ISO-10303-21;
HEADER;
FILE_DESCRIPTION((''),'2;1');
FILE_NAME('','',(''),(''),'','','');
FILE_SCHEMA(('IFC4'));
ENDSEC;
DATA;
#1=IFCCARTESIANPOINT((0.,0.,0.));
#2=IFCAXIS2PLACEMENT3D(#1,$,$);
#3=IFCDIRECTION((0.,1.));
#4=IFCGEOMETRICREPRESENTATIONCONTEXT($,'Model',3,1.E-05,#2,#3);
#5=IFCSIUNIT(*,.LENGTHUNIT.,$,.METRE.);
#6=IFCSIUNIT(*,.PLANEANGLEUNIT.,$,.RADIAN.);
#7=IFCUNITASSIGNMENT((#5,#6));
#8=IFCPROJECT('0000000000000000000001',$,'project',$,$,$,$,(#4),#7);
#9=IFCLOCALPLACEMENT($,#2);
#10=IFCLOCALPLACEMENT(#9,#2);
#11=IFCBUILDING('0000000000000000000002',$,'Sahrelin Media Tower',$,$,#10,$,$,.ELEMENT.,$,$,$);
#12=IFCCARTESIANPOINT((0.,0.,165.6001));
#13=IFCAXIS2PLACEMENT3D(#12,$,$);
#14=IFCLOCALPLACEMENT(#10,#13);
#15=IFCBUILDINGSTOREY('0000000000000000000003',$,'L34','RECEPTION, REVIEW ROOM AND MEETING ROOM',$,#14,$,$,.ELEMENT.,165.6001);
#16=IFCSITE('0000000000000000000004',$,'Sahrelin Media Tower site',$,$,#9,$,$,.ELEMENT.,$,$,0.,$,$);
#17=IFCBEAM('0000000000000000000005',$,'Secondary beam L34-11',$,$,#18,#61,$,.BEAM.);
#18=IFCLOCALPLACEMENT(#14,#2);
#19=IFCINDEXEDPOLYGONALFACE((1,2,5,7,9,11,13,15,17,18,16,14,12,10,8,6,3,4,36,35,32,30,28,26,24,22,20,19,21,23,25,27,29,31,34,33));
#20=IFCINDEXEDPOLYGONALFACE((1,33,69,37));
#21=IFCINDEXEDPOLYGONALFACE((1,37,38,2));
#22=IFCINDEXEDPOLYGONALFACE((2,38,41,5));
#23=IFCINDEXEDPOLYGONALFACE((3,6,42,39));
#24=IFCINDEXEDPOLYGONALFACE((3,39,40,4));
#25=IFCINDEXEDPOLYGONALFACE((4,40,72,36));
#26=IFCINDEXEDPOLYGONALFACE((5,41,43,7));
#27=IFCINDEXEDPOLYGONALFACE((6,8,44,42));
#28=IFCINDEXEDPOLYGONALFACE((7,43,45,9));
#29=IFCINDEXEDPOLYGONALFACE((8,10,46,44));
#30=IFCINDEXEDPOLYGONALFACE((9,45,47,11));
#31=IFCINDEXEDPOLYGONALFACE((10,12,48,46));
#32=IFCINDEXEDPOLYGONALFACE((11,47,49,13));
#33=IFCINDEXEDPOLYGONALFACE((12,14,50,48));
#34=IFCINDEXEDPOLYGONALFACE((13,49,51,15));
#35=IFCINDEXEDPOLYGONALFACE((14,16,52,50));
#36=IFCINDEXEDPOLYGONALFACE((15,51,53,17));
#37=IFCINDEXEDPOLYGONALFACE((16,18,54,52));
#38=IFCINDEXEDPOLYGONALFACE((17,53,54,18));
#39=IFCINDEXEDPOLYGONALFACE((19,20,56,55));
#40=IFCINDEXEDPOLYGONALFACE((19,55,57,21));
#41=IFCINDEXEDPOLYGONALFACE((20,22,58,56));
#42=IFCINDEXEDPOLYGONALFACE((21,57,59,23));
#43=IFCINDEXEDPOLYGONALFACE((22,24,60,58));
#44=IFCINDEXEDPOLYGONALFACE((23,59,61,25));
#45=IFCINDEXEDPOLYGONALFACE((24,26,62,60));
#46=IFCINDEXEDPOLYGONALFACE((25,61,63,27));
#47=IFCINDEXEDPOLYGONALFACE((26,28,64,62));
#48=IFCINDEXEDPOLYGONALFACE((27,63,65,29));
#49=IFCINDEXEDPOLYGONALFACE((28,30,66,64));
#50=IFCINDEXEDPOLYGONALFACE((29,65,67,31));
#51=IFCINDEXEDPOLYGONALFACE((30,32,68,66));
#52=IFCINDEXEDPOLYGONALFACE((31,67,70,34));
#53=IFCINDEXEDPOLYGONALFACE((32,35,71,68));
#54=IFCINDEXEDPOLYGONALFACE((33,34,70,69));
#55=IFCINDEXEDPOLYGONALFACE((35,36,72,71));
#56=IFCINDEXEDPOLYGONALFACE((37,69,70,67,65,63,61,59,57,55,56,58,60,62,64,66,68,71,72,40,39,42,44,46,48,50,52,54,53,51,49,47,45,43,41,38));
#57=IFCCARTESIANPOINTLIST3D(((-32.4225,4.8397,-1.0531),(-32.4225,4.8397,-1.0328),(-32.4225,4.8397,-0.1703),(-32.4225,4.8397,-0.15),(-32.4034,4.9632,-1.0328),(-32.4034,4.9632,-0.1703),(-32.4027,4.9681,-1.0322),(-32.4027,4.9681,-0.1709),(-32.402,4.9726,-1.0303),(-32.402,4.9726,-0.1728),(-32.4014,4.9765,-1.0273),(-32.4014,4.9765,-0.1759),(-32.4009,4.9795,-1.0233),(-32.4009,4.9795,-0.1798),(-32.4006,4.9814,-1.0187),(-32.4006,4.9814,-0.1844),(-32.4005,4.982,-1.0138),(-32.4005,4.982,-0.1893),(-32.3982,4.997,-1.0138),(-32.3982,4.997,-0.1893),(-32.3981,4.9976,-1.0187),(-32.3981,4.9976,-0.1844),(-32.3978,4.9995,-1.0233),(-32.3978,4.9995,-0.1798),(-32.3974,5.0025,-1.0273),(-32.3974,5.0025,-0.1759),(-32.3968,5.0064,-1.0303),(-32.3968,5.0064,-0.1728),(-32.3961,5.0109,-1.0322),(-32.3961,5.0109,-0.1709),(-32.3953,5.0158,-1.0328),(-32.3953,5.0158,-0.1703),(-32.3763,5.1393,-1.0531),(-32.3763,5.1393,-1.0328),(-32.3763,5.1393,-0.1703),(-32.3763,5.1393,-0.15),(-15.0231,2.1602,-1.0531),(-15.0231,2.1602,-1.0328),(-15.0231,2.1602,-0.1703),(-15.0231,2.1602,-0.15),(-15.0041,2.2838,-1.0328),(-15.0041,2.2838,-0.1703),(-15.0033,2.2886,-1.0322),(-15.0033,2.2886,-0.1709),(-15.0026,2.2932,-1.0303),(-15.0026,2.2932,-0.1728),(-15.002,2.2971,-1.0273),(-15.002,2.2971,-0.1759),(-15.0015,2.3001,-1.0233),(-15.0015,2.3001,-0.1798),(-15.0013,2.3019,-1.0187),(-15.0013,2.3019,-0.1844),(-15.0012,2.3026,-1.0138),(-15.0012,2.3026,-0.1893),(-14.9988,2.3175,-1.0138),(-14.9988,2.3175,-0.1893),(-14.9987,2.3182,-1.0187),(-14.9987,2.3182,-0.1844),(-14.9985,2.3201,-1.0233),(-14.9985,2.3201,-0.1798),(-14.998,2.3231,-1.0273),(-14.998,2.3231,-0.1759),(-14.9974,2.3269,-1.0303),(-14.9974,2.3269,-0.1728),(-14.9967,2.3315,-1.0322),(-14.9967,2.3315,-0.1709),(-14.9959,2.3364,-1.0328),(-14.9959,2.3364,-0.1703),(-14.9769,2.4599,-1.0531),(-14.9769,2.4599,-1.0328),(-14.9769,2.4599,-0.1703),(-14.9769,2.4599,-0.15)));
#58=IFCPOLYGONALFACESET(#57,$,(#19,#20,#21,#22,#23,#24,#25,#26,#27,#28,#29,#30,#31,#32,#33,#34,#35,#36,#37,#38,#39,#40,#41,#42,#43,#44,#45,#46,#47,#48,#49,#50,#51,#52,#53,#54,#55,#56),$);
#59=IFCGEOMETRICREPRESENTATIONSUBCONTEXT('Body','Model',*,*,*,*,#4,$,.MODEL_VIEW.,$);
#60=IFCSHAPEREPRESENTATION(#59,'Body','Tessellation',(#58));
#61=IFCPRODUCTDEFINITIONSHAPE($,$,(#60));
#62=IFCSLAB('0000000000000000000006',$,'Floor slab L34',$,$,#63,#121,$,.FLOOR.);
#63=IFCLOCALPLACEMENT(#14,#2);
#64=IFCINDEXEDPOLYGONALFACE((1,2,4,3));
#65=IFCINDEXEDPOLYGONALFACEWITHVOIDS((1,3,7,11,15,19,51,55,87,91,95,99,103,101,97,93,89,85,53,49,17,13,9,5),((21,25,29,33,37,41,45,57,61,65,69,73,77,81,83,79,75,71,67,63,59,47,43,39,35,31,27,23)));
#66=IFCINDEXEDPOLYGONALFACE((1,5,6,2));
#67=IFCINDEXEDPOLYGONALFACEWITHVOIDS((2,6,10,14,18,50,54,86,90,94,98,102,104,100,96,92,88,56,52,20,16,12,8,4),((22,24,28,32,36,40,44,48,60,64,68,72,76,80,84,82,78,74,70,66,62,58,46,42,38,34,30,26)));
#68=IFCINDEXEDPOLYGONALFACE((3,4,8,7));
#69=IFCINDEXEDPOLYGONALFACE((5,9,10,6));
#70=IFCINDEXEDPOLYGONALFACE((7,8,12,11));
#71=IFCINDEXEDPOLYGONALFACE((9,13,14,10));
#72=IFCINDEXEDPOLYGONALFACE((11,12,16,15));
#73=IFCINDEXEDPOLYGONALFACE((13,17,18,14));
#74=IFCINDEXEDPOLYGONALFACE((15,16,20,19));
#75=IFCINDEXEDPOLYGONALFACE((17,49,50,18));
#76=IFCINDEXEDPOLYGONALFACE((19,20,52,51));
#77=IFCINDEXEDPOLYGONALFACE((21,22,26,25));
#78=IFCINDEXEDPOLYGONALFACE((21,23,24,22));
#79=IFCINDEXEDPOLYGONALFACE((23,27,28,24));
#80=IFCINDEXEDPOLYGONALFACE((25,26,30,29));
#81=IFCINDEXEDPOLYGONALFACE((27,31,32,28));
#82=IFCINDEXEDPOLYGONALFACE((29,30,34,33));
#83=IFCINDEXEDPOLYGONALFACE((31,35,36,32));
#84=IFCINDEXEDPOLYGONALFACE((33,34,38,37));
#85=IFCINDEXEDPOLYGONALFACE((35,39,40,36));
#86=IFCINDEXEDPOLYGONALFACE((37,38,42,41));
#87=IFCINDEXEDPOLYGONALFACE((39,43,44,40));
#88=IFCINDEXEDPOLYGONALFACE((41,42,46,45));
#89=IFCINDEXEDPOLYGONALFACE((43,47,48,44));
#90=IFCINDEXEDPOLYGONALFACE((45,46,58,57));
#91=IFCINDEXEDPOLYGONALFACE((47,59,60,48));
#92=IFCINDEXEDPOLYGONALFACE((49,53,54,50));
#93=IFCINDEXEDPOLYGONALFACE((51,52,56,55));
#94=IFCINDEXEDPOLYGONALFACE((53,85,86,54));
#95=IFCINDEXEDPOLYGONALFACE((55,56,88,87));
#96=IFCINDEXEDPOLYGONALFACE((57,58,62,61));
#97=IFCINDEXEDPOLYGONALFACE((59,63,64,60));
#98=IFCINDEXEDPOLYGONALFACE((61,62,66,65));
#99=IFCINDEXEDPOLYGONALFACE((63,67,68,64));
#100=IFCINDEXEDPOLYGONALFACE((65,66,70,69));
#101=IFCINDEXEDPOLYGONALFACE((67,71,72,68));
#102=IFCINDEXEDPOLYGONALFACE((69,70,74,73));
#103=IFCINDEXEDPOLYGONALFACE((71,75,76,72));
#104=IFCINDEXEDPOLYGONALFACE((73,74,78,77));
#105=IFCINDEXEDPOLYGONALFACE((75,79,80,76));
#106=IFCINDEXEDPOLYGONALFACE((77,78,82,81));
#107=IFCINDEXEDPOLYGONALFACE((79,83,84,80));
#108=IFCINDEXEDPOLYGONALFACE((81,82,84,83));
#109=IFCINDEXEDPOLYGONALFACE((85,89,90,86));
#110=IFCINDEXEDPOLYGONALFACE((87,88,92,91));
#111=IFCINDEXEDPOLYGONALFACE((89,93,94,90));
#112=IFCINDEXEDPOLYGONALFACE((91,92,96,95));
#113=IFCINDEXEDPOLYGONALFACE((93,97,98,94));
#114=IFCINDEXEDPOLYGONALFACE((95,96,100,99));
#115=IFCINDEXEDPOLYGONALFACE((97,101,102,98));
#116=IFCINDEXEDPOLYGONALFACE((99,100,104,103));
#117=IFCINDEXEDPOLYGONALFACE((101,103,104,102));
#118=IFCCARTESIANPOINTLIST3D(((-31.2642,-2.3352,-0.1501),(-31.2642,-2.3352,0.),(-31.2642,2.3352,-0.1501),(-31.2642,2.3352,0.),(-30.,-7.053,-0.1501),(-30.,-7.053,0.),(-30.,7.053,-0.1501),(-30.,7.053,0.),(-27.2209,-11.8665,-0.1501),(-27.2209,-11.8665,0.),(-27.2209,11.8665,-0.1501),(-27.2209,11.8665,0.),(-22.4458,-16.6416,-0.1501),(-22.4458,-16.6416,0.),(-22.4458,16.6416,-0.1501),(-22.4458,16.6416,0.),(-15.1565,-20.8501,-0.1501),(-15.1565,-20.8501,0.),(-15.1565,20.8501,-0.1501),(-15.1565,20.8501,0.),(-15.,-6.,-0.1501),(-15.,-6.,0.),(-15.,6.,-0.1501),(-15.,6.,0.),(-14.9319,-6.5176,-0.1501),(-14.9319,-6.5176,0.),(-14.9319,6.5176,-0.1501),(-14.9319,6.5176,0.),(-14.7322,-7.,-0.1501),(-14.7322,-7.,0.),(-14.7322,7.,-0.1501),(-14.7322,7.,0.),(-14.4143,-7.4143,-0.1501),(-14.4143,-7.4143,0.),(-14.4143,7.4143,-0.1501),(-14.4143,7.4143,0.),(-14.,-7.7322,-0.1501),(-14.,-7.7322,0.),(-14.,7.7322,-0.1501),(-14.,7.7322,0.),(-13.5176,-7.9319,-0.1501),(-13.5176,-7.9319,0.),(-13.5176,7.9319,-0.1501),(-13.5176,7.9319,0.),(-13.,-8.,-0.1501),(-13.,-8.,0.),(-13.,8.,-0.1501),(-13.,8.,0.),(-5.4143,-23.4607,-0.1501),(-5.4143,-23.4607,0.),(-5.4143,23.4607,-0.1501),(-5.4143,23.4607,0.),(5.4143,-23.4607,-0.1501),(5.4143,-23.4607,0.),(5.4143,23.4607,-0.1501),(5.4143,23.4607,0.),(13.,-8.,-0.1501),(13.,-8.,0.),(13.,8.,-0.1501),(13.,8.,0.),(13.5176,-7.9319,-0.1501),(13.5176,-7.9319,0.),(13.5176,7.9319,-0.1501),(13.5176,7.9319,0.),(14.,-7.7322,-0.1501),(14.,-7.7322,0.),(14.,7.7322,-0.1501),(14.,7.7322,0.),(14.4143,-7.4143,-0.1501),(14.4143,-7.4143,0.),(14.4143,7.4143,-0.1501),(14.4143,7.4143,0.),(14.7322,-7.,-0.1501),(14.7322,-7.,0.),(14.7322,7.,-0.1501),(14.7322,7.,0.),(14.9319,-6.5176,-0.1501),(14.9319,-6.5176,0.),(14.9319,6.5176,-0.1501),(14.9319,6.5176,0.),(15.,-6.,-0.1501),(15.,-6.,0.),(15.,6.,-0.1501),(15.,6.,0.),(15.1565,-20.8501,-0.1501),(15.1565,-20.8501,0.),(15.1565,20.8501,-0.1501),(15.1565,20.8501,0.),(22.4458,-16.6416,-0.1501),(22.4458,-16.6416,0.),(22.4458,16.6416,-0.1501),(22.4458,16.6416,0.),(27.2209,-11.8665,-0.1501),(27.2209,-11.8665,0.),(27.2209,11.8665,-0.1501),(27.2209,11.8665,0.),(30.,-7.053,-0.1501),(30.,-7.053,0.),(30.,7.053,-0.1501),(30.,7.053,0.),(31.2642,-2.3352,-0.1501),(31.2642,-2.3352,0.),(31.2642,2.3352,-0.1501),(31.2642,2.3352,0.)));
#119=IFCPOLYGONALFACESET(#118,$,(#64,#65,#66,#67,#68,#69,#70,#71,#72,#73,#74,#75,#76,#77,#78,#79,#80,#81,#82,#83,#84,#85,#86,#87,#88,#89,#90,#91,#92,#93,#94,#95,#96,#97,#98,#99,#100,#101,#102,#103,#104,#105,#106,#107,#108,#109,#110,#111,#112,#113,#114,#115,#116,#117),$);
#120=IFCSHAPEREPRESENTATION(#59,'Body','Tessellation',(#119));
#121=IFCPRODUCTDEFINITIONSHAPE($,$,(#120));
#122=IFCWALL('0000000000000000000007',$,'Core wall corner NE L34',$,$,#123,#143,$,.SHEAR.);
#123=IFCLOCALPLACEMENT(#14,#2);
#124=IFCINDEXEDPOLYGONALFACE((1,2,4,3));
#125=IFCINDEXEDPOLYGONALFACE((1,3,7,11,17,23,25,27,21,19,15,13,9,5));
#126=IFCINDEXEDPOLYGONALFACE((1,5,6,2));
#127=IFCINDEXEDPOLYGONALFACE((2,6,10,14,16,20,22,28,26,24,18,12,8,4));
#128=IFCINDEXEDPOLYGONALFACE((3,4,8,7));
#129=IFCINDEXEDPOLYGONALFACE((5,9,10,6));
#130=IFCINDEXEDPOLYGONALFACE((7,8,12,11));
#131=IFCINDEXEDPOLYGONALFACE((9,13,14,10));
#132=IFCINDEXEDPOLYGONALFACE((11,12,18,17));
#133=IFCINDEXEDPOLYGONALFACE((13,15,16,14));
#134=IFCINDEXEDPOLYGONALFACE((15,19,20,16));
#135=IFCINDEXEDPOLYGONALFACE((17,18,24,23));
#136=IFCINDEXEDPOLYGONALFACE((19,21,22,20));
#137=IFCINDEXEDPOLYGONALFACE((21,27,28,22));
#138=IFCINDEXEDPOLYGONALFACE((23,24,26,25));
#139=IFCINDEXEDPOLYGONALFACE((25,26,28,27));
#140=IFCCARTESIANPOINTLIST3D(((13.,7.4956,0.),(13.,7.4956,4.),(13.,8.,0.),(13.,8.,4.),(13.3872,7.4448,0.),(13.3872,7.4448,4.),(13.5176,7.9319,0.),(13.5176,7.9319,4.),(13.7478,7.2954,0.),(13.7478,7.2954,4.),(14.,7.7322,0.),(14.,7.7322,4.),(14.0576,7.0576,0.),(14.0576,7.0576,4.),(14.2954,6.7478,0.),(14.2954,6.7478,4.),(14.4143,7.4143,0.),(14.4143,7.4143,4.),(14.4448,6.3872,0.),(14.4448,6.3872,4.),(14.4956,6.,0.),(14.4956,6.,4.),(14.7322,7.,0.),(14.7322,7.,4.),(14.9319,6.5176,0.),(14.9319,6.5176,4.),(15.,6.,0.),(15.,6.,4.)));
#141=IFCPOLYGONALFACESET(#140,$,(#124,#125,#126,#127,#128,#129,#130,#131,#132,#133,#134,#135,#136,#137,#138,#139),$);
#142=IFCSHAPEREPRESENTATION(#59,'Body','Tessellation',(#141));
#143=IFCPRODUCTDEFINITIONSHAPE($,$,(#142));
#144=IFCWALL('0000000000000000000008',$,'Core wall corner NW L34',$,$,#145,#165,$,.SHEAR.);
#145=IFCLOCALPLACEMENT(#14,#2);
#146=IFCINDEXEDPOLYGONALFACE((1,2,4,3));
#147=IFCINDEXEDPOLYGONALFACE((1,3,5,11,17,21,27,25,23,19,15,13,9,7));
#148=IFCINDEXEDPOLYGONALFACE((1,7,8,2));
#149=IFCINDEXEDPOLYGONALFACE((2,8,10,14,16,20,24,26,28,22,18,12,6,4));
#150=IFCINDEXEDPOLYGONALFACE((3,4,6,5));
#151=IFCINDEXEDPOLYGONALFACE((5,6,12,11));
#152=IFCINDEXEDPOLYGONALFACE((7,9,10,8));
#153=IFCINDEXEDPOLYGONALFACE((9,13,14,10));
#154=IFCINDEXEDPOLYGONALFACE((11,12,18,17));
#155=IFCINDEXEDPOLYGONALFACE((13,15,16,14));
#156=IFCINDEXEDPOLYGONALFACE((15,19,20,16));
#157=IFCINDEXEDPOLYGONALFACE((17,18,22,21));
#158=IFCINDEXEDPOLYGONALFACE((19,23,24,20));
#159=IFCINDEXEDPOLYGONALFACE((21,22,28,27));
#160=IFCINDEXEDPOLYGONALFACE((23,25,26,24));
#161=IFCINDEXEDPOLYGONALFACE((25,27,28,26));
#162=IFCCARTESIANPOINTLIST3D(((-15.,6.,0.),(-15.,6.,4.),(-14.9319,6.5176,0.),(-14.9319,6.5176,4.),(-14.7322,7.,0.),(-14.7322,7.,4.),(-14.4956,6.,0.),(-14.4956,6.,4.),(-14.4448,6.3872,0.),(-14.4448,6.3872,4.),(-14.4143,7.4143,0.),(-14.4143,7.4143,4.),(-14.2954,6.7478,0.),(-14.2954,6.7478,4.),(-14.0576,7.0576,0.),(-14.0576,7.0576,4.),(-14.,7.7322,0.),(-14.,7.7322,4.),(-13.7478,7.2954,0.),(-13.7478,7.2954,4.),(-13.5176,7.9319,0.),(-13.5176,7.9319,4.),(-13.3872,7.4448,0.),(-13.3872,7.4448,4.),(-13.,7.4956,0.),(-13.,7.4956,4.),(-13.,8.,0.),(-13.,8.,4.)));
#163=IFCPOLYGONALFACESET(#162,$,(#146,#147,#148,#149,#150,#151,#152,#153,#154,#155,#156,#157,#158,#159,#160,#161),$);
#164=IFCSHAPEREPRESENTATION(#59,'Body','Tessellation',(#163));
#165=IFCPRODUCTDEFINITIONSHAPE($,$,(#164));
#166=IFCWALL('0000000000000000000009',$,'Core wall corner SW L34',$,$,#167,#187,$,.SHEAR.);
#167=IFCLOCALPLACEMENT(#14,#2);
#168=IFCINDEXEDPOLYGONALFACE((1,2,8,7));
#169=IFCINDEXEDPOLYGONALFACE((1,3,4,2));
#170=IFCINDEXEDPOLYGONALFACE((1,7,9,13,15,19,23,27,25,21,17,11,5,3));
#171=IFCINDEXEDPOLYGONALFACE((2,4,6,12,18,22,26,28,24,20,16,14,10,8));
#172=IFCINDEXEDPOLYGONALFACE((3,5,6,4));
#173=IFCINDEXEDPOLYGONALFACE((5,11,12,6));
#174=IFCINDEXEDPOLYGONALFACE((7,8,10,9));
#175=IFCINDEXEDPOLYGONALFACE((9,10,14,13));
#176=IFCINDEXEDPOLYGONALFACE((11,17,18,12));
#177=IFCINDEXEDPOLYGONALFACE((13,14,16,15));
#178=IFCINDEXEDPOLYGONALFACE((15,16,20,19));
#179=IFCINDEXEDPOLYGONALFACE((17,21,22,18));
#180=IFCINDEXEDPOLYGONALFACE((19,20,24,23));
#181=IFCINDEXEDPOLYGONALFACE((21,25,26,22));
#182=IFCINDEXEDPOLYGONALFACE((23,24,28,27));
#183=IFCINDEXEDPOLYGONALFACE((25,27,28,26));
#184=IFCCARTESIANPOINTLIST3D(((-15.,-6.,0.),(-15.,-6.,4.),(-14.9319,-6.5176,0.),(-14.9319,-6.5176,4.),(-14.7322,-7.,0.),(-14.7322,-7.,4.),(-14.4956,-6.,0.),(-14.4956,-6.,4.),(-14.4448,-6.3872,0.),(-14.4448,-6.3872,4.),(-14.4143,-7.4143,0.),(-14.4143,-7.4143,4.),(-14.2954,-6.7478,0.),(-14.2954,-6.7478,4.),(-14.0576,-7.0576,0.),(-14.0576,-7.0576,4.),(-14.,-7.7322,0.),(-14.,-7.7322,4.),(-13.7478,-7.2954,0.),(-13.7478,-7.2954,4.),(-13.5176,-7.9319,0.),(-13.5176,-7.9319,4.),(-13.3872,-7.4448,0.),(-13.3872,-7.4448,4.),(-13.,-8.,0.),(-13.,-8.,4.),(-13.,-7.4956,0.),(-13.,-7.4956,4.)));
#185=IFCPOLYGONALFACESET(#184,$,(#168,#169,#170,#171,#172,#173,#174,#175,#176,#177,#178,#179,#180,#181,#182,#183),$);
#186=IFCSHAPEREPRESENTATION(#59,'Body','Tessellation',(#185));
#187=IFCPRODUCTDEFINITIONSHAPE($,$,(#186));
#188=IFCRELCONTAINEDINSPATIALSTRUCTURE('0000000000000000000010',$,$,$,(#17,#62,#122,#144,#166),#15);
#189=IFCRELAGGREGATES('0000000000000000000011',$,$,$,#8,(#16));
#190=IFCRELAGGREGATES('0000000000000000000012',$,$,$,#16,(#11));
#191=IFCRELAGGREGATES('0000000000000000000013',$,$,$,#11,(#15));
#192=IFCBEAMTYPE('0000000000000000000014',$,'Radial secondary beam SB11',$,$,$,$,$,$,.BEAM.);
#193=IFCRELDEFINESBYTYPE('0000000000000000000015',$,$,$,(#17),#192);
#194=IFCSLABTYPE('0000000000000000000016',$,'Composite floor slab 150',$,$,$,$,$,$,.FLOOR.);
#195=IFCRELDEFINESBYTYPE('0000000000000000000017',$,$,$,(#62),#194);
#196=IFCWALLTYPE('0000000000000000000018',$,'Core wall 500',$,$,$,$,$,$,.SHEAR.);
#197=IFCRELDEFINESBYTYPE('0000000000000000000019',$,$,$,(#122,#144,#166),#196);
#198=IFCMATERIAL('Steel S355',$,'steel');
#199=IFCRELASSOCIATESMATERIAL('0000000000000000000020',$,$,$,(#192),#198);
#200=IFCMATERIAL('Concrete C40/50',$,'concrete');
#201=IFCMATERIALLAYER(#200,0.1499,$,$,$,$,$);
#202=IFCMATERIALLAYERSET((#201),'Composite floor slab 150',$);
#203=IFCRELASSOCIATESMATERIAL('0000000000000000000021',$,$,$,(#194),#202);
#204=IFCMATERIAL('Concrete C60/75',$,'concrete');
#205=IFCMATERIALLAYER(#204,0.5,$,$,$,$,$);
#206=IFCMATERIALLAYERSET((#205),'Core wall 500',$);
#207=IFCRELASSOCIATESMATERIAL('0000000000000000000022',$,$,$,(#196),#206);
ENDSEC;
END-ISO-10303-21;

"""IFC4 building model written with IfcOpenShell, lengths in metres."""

from ifc_helpers import new_model, si_unit, direction, frame, origin, origin_2d, place, context, subcontext, project, spatial, polyline, i_section, outline, extrude, material, layer, layer_set, material_profile, profile_set, type_object, element, save


model = new_model("IFC4")

# Units and contexts
model_context = context("Model", 3, precision=1e-05, world=origin(), true_north=direction((0.0, 1.0)))
body_context = subcontext(model_context, "Body", "Model", "MODEL_VIEW")
ifc_project = project(units=[si_unit("LENGTHUNIT", "METRE"), si_unit("PLANEANGLEUNIT", "RADIAN")], contexts=[model_context])

# Site, building, storey
site_placement = place(None, origin())
site = spatial("IfcSite", under=ifc_project, at=site_placement, Name="Sahrelin Media Tower site", CompositionType="ELEMENT", RefElevation=0.0)
building_placement = place(site_placement, origin())
building = spatial("IfcBuilding", under=site, at=building_placement, Name="Sahrelin Media Tower", CompositionType="ELEMENT")
storey_placement = place(building_placement, frame((0.0, 0.0, 165.6001)))
storey = spatial("IfcBuildingStorey", under=building, at=storey_placement, Name="L34", Description="RECEPTION, REVIEW ROOM AND MEETING ROOM", CompositionType="ELEMENT", Elevation=165.6001)

# Beam
ifc_material_1 = material(Name="Steel S355", Category="steel")
ifc_material_profile_1 = material_profile(ifc_material_1, i_section(OverallWidth=0.3032, OverallDepth=0.9031, WebThickness=0.0151, FlangeThickness=0.0203, FilletRadius=0.019, at=origin_2d()), Name="UB 914x305x201")
ifc_profile_set_1 = profile_set([ifc_material_profile_1], Name="Steel S355")
beam_type_1 = type_object("IfcBeamType", Name="Radial secondary beam SB11", PredefinedType="BEAM", material=ifc_profile_set_1)
beam_1_placement = place(storey_placement, frame((-15.0, 2.3101, -0.6016), z_axis=(-0.988349, 0.152202, 0.0), x_axis=(-0.152202, -0.988349, 0.0)))
element("IfcBeam", 1, at=beam_1_placement, inside=storey, type_object=beam_type_1, Name="Secondary beam L34-11", PredefinedType="BEAM", context=body_context, shape_type="SweptSolid", body=[
    extrude(i_section(OverallWidth=0.3032, OverallDepth=0.9031, WebThickness=0.0151, FlangeThickness=0.0203, FilletRadius=0.019, at=origin_2d()), origin(), (0.0, 0.0, 1.0), 17.6045),
])

# Slab
ifc_material_2 = material(Name="Concrete C40/50", Category="concrete")
ifc_layer_1 = layer(ifc_material_2, 0.1499)
ifc_layer_set_1 = layer_set([ifc_layer_1], Name="Composite floor slab 150")
slab_type = type_object("IfcSlabType", Name="Composite floor slab 150", PredefinedType="FLOOR", material=ifc_layer_set_1)
slab_placement = place(storey_placement, frame((0.0, 0.0, -0.1501)))
element("IfcSlab", 2, at=slab_placement, inside=storey, type_object=slab_type, Name="Floor slab L34", PredefinedType="FLOOR", context=body_context, shape_type="SweptSolid", body=[
    extrude(outline(polyline([(31.2642, -2.3352), (31.2642, 2.3352), (30.0, 7.053), (27.2209, 11.8665), (22.4458, 16.6416), (15.1565, 20.8501), (5.4143, 23.4607), (-5.4143, 23.4607), (-15.1565, 20.8501), (-22.4458, 16.6416), (-27.2209, 11.8665), (-30.0, 7.053), (-31.2642, 2.3352), (-31.2642, -2.3352), (-30.0, -7.053), (-27.2209, -11.8665), (-22.4458, -16.6416), (-15.1565, -20.8501), (-5.4143, -23.4607), (5.4143, -23.4607), (15.1565, -20.8501), (22.4458, -16.6416), (27.2209, -11.8665), (30.0, -7.053), (31.2642, -2.3352)]), holes=[polyline([(14.9319, 6.5176), (15.0, 6.0), (15.0, -6.0), (14.9319, -6.5176), (14.7322, -7.0), (14.4143, -7.4143), (14.0, -7.7322), (13.5176, -7.9319), (13.0, -8.0), (-13.0, -8.0), (-13.5176, -7.9319), (-14.0, -7.7322), (-14.4143, -7.4143), (-14.7322, -7.0), (-14.9319, -6.5176), (-15.0, -6.0), (-15.0, 6.0), (-14.9319, 6.5176), (-14.7322, 7.0), (-14.4143, 7.4143), (-14.0, 7.7322), (-13.5176, 7.9319), (-13.0, 8.0), (13.0, 8.0), (13.5176, 7.9319), (14.0, 7.7322), (14.4143, 7.4143), (14.7322, 7.0), (14.9319, 6.5176)])]), origin(), (0.0, 0.0, 1.0), 0.1501),
])

# Walls
ifc_material_3 = material(Name="Concrete C60/75", Category="concrete")
ifc_layer_2 = layer(ifc_material_3, 0.5)
ifc_layer_set_2 = layer_set([ifc_layer_2], Name="Core wall 500")
wall_type_1 = type_object("IfcWallType", Name="Core wall 500", PredefinedType="SHEAR", material=ifc_layer_set_2)
placement = place(storey_placement, origin())
element("IfcWall", 3, at=placement, inside=storey, type_object=wall_type_1, Name="Core wall corner NE L34", PredefinedType="SHEAR", context=body_context, shape_type="SweptSolid", body=[
    extrude(outline(polyline([(13.0, 8.0), (13.0, 7.4956), (13.3872, 7.4448), (13.7478, 7.2954), (14.0576, 7.0576), (14.2954, 6.7478), (14.4448, 6.3872), (14.4956, 6.0), (15.0, 6.0), (14.9319, 6.5176), (14.7322, 7.0), (14.4143, 7.4143), (14.0, 7.7322), (13.5176, 7.9319), (13.0, 8.0)])), origin(), (0.0, 0.0, 1.0), 4.0),
])
element("IfcWall", 4, at=placement, inside=storey, type_object=wall_type_1, Name="Core wall corner NW L34", PredefinedType="SHEAR", context=body_context, shape_type="SweptSolid", body=[
    extrude(outline(polyline([(-15.0, 6.0), (-14.4956, 6.0), (-14.4448, 6.3872), (-14.2954, 6.7478), (-14.0576, 7.0576), (-13.7478, 7.2954), (-13.3872, 7.4448), (-13.0, 7.4956), (-13.0, 8.0), (-13.5176, 7.9319), (-14.0, 7.7322), (-14.4143, 7.4143), (-14.7322, 7.0), (-14.9319, 6.5176), (-15.0, 6.0)])), origin(), (0.0, 0.0, 1.0), 4.0),
])
element("IfcWall", 5, at=placement, inside=storey, type_object=wall_type_1, Name="Core wall corner SW L34", PredefinedType="SHEAR", context=body_context, shape_type="SweptSolid", body=[
    extrude(outline(polyline([(-13.0, -8.0), (-13.0, -7.4956), (-13.3872, -7.4448), (-13.7478, -7.2954), (-14.0576, -7.0576), (-14.2954, -6.7478), (-14.4448, -6.3872), (-14.4956, -6.0), (-15.0, -6.0), (-14.9319, -6.5176), (-14.7322, -7.0), (-14.4143, -7.4143), (-14.0, -7.7322), (-13.5176, -7.9319), (-13.0, -8.0)])), origin(), (0.0, 0.0, 1.0), 4.0),
])

save(model, "model.ifc")
